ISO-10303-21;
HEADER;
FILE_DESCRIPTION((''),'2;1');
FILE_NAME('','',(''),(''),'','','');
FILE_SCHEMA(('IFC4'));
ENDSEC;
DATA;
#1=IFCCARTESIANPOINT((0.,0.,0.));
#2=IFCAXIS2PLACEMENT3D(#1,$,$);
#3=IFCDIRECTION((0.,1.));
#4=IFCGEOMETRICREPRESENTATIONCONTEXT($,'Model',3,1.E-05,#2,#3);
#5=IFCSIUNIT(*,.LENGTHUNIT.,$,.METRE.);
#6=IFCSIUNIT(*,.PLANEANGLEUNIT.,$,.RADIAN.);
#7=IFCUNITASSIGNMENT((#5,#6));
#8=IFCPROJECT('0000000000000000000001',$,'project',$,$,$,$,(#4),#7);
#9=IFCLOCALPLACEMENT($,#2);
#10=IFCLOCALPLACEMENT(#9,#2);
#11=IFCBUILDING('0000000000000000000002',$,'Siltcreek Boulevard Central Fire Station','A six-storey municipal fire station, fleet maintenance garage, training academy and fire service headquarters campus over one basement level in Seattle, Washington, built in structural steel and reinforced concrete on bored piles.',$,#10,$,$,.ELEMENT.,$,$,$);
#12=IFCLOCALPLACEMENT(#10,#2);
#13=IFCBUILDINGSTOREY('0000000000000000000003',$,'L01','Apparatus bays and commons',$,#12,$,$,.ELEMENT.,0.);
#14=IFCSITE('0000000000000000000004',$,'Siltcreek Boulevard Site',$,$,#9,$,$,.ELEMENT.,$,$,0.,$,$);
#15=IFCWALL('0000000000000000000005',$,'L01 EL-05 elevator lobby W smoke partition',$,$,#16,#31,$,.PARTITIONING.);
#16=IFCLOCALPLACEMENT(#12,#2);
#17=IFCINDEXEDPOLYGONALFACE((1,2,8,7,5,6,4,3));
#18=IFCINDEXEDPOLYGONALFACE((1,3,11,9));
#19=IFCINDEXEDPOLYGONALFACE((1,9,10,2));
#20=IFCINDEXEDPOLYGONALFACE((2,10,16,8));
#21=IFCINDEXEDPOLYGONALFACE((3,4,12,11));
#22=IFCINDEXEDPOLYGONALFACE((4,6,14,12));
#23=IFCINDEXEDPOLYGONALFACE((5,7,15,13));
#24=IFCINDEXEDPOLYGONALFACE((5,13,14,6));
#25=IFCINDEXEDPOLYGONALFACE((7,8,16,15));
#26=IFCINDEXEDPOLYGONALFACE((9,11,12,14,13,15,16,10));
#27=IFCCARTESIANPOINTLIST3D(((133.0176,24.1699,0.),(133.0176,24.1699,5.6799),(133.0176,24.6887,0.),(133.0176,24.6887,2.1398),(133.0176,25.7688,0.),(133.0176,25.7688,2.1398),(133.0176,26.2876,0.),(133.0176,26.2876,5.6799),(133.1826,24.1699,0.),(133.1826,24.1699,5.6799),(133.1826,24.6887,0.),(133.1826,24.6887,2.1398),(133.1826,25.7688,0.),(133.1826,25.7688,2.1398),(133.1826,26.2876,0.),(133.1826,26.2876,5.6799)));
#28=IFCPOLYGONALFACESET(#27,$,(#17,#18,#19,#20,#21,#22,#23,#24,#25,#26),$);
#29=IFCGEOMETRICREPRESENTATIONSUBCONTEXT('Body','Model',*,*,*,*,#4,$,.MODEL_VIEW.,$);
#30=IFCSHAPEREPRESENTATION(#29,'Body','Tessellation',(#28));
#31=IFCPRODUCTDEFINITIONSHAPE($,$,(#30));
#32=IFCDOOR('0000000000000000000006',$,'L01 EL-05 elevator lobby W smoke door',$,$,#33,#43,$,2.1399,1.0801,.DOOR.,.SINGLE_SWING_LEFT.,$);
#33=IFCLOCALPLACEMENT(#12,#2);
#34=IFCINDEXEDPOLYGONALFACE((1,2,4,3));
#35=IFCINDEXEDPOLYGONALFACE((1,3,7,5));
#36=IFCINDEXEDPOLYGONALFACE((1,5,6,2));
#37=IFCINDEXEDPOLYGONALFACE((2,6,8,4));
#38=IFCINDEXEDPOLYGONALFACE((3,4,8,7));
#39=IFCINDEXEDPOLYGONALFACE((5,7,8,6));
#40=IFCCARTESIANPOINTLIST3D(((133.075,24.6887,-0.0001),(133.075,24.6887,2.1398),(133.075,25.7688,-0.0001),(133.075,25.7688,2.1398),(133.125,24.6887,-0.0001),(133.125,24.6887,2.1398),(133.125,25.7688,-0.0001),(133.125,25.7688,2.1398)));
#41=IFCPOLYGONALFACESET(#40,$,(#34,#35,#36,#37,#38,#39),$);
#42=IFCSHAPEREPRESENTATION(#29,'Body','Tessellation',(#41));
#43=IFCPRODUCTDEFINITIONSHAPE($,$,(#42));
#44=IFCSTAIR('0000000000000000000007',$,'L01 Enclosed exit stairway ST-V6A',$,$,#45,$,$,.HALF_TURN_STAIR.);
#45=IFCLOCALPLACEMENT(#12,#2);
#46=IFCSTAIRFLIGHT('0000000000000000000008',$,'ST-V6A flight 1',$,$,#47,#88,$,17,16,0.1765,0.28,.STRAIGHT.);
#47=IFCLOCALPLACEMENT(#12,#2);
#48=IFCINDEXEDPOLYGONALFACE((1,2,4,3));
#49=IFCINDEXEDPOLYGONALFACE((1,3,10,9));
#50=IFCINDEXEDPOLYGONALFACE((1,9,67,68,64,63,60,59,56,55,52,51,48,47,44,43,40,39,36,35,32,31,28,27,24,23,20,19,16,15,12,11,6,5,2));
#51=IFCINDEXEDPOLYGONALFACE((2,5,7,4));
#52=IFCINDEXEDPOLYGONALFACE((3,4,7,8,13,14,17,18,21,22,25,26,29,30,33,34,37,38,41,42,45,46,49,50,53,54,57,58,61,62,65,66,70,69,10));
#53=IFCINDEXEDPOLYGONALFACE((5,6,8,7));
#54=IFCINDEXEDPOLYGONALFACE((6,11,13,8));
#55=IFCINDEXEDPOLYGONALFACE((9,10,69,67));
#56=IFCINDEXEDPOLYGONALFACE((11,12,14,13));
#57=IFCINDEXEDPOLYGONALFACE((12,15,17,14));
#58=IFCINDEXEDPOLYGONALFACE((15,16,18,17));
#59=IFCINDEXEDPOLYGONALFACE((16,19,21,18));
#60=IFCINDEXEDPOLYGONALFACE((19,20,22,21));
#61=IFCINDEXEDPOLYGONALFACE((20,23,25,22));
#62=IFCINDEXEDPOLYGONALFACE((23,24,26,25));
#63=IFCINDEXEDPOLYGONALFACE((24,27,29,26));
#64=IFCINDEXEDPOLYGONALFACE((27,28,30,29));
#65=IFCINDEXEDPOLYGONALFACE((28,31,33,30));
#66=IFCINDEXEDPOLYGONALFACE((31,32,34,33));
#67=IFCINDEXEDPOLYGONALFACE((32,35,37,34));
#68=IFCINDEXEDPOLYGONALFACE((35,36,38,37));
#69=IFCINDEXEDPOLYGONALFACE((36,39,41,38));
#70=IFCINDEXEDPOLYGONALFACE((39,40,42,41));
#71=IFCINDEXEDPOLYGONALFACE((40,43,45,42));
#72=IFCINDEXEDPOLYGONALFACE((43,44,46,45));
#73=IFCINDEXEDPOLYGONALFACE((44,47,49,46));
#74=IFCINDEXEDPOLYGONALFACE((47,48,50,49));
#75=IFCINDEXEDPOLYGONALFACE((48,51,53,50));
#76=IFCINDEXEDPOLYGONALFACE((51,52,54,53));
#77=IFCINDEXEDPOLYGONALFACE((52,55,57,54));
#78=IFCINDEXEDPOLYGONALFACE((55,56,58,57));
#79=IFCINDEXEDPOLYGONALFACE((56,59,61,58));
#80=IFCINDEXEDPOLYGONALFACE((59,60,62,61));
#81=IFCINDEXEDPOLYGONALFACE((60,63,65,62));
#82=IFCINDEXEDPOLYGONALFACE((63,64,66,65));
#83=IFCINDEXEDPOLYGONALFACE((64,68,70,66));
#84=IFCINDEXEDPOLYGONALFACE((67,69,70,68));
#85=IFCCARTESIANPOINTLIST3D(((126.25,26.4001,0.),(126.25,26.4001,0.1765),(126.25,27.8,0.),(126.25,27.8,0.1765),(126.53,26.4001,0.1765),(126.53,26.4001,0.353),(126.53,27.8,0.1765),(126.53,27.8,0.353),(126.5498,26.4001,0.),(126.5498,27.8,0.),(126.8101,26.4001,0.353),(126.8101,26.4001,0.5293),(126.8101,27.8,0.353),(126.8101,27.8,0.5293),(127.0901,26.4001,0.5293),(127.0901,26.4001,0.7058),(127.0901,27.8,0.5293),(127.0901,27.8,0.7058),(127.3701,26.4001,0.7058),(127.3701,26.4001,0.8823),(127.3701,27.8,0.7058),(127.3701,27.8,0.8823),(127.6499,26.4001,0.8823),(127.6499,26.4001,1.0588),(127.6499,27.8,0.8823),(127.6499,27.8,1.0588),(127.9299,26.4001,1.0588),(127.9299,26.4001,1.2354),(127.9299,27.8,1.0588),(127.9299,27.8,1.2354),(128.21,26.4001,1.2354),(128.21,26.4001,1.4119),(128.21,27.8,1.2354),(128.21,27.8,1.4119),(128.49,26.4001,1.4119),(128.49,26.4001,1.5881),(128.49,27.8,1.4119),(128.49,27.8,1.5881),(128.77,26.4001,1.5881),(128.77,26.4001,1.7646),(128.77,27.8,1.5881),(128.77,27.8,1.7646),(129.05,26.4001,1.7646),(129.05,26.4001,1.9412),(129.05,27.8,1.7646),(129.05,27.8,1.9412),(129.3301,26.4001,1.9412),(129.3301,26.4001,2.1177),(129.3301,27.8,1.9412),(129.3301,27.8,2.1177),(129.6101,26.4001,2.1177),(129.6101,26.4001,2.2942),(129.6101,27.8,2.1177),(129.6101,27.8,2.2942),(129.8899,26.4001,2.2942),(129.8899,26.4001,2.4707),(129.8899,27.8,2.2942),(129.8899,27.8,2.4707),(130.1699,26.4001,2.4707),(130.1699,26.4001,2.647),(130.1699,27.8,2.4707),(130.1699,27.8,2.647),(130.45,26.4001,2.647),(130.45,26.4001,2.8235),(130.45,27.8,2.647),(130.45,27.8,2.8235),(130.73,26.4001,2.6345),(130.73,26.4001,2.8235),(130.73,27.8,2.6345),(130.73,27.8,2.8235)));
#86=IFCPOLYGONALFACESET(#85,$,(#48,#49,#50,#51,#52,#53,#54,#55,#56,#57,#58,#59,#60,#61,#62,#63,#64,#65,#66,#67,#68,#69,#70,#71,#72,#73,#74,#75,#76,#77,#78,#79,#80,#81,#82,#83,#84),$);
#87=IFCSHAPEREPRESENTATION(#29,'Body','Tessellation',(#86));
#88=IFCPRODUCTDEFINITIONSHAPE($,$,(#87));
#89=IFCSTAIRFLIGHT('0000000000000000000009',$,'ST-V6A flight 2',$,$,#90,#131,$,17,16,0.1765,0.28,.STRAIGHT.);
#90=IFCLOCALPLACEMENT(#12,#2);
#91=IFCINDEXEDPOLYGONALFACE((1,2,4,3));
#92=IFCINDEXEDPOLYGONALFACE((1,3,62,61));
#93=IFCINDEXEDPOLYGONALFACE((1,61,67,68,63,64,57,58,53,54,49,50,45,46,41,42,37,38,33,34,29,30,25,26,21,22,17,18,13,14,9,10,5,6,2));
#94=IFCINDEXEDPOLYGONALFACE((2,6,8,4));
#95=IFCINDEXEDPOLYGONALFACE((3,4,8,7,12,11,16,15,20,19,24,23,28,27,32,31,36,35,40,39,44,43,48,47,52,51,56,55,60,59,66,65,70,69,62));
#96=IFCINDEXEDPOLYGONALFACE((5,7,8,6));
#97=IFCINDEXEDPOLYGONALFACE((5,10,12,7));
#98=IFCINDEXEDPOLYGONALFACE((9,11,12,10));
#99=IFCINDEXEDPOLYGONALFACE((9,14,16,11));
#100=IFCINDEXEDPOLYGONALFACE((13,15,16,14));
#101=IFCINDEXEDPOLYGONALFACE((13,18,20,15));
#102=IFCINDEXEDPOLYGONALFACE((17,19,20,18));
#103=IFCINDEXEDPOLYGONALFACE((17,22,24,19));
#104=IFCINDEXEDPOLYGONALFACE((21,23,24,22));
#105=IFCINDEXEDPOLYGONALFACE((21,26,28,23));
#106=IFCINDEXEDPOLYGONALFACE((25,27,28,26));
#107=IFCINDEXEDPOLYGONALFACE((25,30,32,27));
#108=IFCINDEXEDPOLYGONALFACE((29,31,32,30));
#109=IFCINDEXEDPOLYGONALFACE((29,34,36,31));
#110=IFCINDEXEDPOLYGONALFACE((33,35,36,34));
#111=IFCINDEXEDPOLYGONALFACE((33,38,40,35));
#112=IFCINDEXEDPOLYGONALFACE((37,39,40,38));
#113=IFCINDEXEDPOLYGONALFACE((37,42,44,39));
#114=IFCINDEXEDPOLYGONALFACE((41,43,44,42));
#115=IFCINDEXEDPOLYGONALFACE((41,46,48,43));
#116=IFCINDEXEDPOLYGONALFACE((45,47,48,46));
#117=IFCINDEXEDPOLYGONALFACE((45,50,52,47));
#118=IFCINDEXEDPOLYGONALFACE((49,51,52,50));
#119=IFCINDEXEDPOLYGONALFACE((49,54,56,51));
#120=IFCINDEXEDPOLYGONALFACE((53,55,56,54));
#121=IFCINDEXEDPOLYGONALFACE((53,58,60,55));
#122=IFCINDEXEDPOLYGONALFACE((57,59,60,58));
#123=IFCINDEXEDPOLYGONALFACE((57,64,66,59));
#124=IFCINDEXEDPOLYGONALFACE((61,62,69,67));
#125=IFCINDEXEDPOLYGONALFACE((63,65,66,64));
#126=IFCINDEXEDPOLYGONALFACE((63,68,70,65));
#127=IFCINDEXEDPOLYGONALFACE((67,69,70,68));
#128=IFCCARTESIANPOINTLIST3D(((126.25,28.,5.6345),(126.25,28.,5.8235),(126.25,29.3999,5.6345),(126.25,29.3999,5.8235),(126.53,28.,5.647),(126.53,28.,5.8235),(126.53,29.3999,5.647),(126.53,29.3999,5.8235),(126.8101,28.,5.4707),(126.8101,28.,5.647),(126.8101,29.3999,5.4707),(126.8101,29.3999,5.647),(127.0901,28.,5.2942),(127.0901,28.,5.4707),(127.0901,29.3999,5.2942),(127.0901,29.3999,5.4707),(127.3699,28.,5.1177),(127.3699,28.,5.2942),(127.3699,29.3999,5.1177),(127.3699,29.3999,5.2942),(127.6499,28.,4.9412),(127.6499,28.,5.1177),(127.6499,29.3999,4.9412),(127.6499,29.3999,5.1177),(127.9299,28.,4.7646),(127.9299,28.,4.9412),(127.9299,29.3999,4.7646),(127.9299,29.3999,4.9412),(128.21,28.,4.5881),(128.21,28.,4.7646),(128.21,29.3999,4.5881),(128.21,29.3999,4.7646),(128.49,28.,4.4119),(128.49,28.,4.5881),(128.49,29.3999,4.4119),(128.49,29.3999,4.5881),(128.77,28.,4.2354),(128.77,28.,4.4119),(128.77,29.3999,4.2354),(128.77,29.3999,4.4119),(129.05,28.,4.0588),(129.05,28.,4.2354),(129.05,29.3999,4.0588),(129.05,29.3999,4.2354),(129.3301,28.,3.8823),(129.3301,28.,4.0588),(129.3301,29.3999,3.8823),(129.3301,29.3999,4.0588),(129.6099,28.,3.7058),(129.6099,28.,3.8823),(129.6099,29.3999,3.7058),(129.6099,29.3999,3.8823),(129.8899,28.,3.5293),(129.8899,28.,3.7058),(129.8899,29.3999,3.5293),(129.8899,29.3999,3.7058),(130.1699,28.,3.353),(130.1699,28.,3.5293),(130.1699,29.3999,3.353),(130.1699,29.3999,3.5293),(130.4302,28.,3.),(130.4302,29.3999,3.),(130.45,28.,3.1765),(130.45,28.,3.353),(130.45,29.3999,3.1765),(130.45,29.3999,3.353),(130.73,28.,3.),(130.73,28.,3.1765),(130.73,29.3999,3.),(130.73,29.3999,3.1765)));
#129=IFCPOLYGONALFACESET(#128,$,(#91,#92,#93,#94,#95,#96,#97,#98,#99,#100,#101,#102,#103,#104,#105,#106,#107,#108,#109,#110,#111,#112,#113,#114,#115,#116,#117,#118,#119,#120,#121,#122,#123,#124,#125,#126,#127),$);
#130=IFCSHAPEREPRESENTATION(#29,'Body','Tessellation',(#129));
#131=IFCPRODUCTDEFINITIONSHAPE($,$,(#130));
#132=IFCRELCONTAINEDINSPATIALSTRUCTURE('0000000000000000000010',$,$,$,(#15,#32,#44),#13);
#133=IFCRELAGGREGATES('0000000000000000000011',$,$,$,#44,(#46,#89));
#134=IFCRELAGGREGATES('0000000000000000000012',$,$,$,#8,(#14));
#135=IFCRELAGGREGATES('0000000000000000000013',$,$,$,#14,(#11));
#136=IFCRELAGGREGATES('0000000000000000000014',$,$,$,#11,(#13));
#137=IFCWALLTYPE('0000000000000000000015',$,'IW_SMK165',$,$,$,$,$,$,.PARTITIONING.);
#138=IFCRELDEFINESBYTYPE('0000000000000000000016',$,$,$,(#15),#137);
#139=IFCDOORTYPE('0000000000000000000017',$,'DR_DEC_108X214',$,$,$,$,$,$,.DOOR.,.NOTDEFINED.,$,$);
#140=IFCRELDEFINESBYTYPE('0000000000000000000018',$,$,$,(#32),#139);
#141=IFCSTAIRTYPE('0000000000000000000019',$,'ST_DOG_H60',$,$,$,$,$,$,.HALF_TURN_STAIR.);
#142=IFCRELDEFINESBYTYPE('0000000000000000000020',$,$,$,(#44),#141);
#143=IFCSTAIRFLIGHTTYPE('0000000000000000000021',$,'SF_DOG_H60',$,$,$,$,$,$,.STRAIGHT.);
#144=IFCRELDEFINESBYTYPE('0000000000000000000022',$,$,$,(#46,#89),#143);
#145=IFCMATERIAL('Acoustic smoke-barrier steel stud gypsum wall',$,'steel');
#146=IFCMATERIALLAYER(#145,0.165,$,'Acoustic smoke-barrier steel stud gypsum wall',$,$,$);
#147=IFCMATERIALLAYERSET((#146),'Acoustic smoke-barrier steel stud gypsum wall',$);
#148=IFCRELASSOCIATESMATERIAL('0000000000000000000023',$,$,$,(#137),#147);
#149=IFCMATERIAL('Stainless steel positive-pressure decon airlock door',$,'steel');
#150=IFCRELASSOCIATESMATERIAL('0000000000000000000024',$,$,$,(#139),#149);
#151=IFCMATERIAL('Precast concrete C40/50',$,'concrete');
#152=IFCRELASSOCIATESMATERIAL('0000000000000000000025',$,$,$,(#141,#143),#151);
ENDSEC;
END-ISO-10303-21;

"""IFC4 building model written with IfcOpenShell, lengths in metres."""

from ifc_helpers import new_model, si_unit, direction, frame, frame_2d, origin, place, context, subcontext, project, spatial, polyline, rectangle, outline, extrude, material, layer, layer_set, type_object, element, fill, aggregate, save


model = new_model("IFC4")

# Units and contexts
model_context = context("Model", 3, precision=1e-05, world=origin(), true_north=direction((0.0, 1.0)))
body_context = subcontext(model_context, "Body", "Model", "MODEL_VIEW")
ifc_project = project(units=[si_unit("LENGTHUNIT", "METRE"), si_unit("PLANEANGLEUNIT", "RADIAN")], contexts=[model_context])

# Site, building, storey
site_placement = place(None, origin())
site = spatial("IfcSite", under=ifc_project, at=site_placement, Name="Siltcreek Boulevard Site", CompositionType="ELEMENT", RefElevation=0.0)
building_placement = place(site_placement, origin())
building = spatial("IfcBuilding", under=site, at=building_placement, Name="Siltcreek Boulevard Central Fire Station", Description="A six-storey municipal fire station, fleet maintenance garage, training academy and fire service headquarters campus over one basement level in Seattle, Washington, built in structural steel and reinforced concrete on bored piles.", CompositionType="ELEMENT")
storey_placement = place(building_placement, origin())
storey = spatial("IfcBuildingStorey", under=building, at=storey_placement, Name="L01", Description="Apparatus bays and commons", CompositionType="ELEMENT", Elevation=0.0)

# Shared definitions
ifc_material_1 = material(Name="Acoustic smoke-barrier steel stud gypsum wall", Category="steel")
ifc_layer_1 = layer(ifc_material_1, 0.165, Name="Acoustic smoke-barrier steel stud gypsum wall")
ifc_layer_set_1 = layer_set([ifc_layer_1], Name="Acoustic smoke-barrier steel stud gypsum wall")
wall_type_1 = type_object("IfcWallType", Name="IW_SMK165", PredefinedType="PARTITIONING", material=ifc_layer_set_1)

# Wall, opening, door
wall_1_placement = place(storey_placement, frame((133.1001, 24.1699, 0.0), z_axis=(0.0, 0.0, 1.0), x_axis=(0.0, 1.0, 0.0)))
wall_1 = element("IfcWall", 1, at=wall_1_placement, inside=storey, type_object=wall_type_1, Name="L01 EL-05 elevator lobby W smoke partition", PredefinedType="PARTITIONING", context=body_context, shape_type="SweptSolid", body=[
    extrude(rectangle(XDim=2.1177, YDim=0.165, at=frame_2d((1.0588, 0.0))), origin(), (0.0, 0.0, 1.0), 5.6799),
])
opening_1_placement = place(wall_1_placement, frame((0.5188, 0.0, 0.0)))
opening_1 = element("IfcOpeningElement", 2, at=opening_1_placement, cuts=wall_1, PredefinedType="OPENING", context=body_context, shape_type="SweptSolid", body=[
    extrude(rectangle(XDim=1.0801, YDim=2.1399, at=frame_2d((0.54, 1.0698))), frame((0.0, 0.0925, 0.0), z_axis=(0.0, -1.0, 0.0), x_axis=(1.0, 0.0, 0.0)), (0.0, 0.0, 1.0), 0.1851),
])
ifc_material_2 = material(Name="Stainless steel positive-pressure decon airlock door", Category="steel")
door_type_1 = type_object("IfcDoorType", Name="DR_DEC_108X214", OperationType="NOTDEFINED", PredefinedType="DOOR", material=ifc_material_2)
door_1_placement = place(opening_1_placement, frame((1.0801, 0.0, 0.0), z_axis=(0.0, 0.0, 1.0), x_axis=(-1.0, 0.0, 0.0)))
door_1 = element("IfcDoor", 3, at=door_1_placement, inside=storey, type_object=door_type_1, Name="L01 EL-05 elevator lobby W smoke door", OperationType="SINGLE_SWING_LEFT", OverallHeight=2.1399, OverallWidth=1.0801, PredefinedType="DOOR", context=body_context, shape_type="SweptSolid", body=[
    extrude(rectangle(XDim=1.0801, YDim=2.1399, at=frame_2d((0.54, 1.0698))), frame((0.0, 0.0249, 0.0), z_axis=(0.0, -1.0, 0.0), x_axis=(1.0, 0.0, 0.0)), (0.0, 0.0, 1.0), 0.05),
])
fill(opening_1, door_1)

# Stair, stair flights
ifc_material_3 = material(Name="Precast concrete C40/50", Category="concrete")
stair_type = type_object("IfcStairType", Name="ST_DOG_H60", PredefinedType="HALF_TURN_STAIR", material=ifc_material_3)
stair_placement = place(storey_placement, origin())
stair = element("IfcStair", 4, at=stair_placement, inside=storey, type_object=stair_type, Name="L01 Enclosed exit stairway ST-V6A", PredefinedType="HALF_TURN_STAIR")
stair_flight_type = type_object("IfcStairFlightType", Name="SF_DOG_H60", PredefinedType="STRAIGHT", material=ifc_material_3)
stair_flight_1_placement = place(storey_placement, frame((126.25, 27.1001, 0.0), z_axis=(0.0, 0.0, 1.0), x_axis=(1.0, 0.0, 0.0)))
stair_flight_1 = element("IfcStairFlight", 5, at=stair_flight_1_placement, type_object=stair_flight_type, Name="ST-V6A flight 1", NumberOfRisers=17, NumberOfTreads=16, PredefinedType="STRAIGHT", RiserHeight=0.1765, TreadLength=0.28, context=body_context, shape_type="SweptSolid", body=[
    extrude(outline(polyline([(0.0, 0.0), (0.0, 0.1765), (0.28, 0.1765), (0.28, 0.353), (0.5601, 0.353), (0.5601, 0.5293), (0.8401, 0.5293), (0.8401, 0.7058), (1.1201, 0.7058), (1.1201, 0.8823), (1.3999, 0.8823), (1.3999, 1.0588), (1.6799, 1.0588), (1.6799, 1.2354), (1.96, 1.2354), (1.96, 1.4119), (2.24, 1.4119), (2.24, 1.5881), (2.52, 1.5881), (2.52, 1.7646), (2.8, 1.7646), (2.8, 1.9412), (3.0801, 1.9412), (3.0801, 2.1177), (3.3601, 2.1177), (3.3601, 2.2942), (3.6399, 2.2942), (3.6399, 2.4707), (3.9199, 2.4707), (3.9199, 2.647), (4.2, 2.647), (4.2, 2.8235), (4.48, 2.8235), (4.48, 3.0), (4.48, 2.6345), (0.2998, 0.0), (0.0, 0.0)])), frame((0.0, 0.7, 0.0), z_axis=(0.0, -1.0, 0.0), x_axis=(1.0, 0.0, 0.0)), (0.0, 0.0, 1.0), 1.3999),
])
stair_flight_2_placement = place(storey_placement, frame((130.73, 28.7, 3.0), z_axis=(0.0, 0.0, 1.0), x_axis=(-1.0, 0.0, 0.0)))
stair_flight_2 = element("IfcStairFlight", 6, at=stair_flight_2_placement, type_object=stair_flight_type, Name="ST-V6A flight 2", NumberOfRisers=17, NumberOfTreads=16, PredefinedType="STRAIGHT", RiserHeight=0.1765, TreadLength=0.28, context=body_context, shape_type="SweptSolid", body=[
    extrude(outline(polyline([(0.0, 0.0), (0.0, 0.1765), (0.28, 0.1765), (0.28, 0.353), (0.5601, 0.353), (0.5601, 0.5293), (0.8401, 0.5293), (0.8401, 0.7058), (1.1201, 0.7058), (1.1201, 0.8823), (1.3999, 0.8823), (1.3999, 1.0588), (1.6799, 1.0588), (1.6799, 1.2354), (1.96, 1.2354), (1.96, 1.4119), (2.24, 1.4119), (2.24, 1.5881), (2.52, 1.5881), (2.52, 1.7646), (2.8, 1.7646), (2.8, 1.9412), (3.0801, 1.9412), (3.0801, 2.1177), (3.3601, 2.1177), (3.3601, 2.2942), (3.6399, 2.2942), (3.6399, 2.4707), (3.9199, 2.4707), (3.9199, 2.647), (4.2, 2.647), (4.2, 2.8235), (4.48, 2.8235), (4.48, 3.0), (4.48, 2.6345), (0.2998, 0.0), (0.0, 0.0)])), frame((0.0, 0.7, 0.0), z_axis=(0.0, -1.0, 0.0), x_axis=(1.0, 0.0, 0.0)), (0.0, 0.0, 1.0), 1.3999),
])
aggregate(stair, [stair_flight_1, stair_flight_2])

save(model, "model.ifc")
